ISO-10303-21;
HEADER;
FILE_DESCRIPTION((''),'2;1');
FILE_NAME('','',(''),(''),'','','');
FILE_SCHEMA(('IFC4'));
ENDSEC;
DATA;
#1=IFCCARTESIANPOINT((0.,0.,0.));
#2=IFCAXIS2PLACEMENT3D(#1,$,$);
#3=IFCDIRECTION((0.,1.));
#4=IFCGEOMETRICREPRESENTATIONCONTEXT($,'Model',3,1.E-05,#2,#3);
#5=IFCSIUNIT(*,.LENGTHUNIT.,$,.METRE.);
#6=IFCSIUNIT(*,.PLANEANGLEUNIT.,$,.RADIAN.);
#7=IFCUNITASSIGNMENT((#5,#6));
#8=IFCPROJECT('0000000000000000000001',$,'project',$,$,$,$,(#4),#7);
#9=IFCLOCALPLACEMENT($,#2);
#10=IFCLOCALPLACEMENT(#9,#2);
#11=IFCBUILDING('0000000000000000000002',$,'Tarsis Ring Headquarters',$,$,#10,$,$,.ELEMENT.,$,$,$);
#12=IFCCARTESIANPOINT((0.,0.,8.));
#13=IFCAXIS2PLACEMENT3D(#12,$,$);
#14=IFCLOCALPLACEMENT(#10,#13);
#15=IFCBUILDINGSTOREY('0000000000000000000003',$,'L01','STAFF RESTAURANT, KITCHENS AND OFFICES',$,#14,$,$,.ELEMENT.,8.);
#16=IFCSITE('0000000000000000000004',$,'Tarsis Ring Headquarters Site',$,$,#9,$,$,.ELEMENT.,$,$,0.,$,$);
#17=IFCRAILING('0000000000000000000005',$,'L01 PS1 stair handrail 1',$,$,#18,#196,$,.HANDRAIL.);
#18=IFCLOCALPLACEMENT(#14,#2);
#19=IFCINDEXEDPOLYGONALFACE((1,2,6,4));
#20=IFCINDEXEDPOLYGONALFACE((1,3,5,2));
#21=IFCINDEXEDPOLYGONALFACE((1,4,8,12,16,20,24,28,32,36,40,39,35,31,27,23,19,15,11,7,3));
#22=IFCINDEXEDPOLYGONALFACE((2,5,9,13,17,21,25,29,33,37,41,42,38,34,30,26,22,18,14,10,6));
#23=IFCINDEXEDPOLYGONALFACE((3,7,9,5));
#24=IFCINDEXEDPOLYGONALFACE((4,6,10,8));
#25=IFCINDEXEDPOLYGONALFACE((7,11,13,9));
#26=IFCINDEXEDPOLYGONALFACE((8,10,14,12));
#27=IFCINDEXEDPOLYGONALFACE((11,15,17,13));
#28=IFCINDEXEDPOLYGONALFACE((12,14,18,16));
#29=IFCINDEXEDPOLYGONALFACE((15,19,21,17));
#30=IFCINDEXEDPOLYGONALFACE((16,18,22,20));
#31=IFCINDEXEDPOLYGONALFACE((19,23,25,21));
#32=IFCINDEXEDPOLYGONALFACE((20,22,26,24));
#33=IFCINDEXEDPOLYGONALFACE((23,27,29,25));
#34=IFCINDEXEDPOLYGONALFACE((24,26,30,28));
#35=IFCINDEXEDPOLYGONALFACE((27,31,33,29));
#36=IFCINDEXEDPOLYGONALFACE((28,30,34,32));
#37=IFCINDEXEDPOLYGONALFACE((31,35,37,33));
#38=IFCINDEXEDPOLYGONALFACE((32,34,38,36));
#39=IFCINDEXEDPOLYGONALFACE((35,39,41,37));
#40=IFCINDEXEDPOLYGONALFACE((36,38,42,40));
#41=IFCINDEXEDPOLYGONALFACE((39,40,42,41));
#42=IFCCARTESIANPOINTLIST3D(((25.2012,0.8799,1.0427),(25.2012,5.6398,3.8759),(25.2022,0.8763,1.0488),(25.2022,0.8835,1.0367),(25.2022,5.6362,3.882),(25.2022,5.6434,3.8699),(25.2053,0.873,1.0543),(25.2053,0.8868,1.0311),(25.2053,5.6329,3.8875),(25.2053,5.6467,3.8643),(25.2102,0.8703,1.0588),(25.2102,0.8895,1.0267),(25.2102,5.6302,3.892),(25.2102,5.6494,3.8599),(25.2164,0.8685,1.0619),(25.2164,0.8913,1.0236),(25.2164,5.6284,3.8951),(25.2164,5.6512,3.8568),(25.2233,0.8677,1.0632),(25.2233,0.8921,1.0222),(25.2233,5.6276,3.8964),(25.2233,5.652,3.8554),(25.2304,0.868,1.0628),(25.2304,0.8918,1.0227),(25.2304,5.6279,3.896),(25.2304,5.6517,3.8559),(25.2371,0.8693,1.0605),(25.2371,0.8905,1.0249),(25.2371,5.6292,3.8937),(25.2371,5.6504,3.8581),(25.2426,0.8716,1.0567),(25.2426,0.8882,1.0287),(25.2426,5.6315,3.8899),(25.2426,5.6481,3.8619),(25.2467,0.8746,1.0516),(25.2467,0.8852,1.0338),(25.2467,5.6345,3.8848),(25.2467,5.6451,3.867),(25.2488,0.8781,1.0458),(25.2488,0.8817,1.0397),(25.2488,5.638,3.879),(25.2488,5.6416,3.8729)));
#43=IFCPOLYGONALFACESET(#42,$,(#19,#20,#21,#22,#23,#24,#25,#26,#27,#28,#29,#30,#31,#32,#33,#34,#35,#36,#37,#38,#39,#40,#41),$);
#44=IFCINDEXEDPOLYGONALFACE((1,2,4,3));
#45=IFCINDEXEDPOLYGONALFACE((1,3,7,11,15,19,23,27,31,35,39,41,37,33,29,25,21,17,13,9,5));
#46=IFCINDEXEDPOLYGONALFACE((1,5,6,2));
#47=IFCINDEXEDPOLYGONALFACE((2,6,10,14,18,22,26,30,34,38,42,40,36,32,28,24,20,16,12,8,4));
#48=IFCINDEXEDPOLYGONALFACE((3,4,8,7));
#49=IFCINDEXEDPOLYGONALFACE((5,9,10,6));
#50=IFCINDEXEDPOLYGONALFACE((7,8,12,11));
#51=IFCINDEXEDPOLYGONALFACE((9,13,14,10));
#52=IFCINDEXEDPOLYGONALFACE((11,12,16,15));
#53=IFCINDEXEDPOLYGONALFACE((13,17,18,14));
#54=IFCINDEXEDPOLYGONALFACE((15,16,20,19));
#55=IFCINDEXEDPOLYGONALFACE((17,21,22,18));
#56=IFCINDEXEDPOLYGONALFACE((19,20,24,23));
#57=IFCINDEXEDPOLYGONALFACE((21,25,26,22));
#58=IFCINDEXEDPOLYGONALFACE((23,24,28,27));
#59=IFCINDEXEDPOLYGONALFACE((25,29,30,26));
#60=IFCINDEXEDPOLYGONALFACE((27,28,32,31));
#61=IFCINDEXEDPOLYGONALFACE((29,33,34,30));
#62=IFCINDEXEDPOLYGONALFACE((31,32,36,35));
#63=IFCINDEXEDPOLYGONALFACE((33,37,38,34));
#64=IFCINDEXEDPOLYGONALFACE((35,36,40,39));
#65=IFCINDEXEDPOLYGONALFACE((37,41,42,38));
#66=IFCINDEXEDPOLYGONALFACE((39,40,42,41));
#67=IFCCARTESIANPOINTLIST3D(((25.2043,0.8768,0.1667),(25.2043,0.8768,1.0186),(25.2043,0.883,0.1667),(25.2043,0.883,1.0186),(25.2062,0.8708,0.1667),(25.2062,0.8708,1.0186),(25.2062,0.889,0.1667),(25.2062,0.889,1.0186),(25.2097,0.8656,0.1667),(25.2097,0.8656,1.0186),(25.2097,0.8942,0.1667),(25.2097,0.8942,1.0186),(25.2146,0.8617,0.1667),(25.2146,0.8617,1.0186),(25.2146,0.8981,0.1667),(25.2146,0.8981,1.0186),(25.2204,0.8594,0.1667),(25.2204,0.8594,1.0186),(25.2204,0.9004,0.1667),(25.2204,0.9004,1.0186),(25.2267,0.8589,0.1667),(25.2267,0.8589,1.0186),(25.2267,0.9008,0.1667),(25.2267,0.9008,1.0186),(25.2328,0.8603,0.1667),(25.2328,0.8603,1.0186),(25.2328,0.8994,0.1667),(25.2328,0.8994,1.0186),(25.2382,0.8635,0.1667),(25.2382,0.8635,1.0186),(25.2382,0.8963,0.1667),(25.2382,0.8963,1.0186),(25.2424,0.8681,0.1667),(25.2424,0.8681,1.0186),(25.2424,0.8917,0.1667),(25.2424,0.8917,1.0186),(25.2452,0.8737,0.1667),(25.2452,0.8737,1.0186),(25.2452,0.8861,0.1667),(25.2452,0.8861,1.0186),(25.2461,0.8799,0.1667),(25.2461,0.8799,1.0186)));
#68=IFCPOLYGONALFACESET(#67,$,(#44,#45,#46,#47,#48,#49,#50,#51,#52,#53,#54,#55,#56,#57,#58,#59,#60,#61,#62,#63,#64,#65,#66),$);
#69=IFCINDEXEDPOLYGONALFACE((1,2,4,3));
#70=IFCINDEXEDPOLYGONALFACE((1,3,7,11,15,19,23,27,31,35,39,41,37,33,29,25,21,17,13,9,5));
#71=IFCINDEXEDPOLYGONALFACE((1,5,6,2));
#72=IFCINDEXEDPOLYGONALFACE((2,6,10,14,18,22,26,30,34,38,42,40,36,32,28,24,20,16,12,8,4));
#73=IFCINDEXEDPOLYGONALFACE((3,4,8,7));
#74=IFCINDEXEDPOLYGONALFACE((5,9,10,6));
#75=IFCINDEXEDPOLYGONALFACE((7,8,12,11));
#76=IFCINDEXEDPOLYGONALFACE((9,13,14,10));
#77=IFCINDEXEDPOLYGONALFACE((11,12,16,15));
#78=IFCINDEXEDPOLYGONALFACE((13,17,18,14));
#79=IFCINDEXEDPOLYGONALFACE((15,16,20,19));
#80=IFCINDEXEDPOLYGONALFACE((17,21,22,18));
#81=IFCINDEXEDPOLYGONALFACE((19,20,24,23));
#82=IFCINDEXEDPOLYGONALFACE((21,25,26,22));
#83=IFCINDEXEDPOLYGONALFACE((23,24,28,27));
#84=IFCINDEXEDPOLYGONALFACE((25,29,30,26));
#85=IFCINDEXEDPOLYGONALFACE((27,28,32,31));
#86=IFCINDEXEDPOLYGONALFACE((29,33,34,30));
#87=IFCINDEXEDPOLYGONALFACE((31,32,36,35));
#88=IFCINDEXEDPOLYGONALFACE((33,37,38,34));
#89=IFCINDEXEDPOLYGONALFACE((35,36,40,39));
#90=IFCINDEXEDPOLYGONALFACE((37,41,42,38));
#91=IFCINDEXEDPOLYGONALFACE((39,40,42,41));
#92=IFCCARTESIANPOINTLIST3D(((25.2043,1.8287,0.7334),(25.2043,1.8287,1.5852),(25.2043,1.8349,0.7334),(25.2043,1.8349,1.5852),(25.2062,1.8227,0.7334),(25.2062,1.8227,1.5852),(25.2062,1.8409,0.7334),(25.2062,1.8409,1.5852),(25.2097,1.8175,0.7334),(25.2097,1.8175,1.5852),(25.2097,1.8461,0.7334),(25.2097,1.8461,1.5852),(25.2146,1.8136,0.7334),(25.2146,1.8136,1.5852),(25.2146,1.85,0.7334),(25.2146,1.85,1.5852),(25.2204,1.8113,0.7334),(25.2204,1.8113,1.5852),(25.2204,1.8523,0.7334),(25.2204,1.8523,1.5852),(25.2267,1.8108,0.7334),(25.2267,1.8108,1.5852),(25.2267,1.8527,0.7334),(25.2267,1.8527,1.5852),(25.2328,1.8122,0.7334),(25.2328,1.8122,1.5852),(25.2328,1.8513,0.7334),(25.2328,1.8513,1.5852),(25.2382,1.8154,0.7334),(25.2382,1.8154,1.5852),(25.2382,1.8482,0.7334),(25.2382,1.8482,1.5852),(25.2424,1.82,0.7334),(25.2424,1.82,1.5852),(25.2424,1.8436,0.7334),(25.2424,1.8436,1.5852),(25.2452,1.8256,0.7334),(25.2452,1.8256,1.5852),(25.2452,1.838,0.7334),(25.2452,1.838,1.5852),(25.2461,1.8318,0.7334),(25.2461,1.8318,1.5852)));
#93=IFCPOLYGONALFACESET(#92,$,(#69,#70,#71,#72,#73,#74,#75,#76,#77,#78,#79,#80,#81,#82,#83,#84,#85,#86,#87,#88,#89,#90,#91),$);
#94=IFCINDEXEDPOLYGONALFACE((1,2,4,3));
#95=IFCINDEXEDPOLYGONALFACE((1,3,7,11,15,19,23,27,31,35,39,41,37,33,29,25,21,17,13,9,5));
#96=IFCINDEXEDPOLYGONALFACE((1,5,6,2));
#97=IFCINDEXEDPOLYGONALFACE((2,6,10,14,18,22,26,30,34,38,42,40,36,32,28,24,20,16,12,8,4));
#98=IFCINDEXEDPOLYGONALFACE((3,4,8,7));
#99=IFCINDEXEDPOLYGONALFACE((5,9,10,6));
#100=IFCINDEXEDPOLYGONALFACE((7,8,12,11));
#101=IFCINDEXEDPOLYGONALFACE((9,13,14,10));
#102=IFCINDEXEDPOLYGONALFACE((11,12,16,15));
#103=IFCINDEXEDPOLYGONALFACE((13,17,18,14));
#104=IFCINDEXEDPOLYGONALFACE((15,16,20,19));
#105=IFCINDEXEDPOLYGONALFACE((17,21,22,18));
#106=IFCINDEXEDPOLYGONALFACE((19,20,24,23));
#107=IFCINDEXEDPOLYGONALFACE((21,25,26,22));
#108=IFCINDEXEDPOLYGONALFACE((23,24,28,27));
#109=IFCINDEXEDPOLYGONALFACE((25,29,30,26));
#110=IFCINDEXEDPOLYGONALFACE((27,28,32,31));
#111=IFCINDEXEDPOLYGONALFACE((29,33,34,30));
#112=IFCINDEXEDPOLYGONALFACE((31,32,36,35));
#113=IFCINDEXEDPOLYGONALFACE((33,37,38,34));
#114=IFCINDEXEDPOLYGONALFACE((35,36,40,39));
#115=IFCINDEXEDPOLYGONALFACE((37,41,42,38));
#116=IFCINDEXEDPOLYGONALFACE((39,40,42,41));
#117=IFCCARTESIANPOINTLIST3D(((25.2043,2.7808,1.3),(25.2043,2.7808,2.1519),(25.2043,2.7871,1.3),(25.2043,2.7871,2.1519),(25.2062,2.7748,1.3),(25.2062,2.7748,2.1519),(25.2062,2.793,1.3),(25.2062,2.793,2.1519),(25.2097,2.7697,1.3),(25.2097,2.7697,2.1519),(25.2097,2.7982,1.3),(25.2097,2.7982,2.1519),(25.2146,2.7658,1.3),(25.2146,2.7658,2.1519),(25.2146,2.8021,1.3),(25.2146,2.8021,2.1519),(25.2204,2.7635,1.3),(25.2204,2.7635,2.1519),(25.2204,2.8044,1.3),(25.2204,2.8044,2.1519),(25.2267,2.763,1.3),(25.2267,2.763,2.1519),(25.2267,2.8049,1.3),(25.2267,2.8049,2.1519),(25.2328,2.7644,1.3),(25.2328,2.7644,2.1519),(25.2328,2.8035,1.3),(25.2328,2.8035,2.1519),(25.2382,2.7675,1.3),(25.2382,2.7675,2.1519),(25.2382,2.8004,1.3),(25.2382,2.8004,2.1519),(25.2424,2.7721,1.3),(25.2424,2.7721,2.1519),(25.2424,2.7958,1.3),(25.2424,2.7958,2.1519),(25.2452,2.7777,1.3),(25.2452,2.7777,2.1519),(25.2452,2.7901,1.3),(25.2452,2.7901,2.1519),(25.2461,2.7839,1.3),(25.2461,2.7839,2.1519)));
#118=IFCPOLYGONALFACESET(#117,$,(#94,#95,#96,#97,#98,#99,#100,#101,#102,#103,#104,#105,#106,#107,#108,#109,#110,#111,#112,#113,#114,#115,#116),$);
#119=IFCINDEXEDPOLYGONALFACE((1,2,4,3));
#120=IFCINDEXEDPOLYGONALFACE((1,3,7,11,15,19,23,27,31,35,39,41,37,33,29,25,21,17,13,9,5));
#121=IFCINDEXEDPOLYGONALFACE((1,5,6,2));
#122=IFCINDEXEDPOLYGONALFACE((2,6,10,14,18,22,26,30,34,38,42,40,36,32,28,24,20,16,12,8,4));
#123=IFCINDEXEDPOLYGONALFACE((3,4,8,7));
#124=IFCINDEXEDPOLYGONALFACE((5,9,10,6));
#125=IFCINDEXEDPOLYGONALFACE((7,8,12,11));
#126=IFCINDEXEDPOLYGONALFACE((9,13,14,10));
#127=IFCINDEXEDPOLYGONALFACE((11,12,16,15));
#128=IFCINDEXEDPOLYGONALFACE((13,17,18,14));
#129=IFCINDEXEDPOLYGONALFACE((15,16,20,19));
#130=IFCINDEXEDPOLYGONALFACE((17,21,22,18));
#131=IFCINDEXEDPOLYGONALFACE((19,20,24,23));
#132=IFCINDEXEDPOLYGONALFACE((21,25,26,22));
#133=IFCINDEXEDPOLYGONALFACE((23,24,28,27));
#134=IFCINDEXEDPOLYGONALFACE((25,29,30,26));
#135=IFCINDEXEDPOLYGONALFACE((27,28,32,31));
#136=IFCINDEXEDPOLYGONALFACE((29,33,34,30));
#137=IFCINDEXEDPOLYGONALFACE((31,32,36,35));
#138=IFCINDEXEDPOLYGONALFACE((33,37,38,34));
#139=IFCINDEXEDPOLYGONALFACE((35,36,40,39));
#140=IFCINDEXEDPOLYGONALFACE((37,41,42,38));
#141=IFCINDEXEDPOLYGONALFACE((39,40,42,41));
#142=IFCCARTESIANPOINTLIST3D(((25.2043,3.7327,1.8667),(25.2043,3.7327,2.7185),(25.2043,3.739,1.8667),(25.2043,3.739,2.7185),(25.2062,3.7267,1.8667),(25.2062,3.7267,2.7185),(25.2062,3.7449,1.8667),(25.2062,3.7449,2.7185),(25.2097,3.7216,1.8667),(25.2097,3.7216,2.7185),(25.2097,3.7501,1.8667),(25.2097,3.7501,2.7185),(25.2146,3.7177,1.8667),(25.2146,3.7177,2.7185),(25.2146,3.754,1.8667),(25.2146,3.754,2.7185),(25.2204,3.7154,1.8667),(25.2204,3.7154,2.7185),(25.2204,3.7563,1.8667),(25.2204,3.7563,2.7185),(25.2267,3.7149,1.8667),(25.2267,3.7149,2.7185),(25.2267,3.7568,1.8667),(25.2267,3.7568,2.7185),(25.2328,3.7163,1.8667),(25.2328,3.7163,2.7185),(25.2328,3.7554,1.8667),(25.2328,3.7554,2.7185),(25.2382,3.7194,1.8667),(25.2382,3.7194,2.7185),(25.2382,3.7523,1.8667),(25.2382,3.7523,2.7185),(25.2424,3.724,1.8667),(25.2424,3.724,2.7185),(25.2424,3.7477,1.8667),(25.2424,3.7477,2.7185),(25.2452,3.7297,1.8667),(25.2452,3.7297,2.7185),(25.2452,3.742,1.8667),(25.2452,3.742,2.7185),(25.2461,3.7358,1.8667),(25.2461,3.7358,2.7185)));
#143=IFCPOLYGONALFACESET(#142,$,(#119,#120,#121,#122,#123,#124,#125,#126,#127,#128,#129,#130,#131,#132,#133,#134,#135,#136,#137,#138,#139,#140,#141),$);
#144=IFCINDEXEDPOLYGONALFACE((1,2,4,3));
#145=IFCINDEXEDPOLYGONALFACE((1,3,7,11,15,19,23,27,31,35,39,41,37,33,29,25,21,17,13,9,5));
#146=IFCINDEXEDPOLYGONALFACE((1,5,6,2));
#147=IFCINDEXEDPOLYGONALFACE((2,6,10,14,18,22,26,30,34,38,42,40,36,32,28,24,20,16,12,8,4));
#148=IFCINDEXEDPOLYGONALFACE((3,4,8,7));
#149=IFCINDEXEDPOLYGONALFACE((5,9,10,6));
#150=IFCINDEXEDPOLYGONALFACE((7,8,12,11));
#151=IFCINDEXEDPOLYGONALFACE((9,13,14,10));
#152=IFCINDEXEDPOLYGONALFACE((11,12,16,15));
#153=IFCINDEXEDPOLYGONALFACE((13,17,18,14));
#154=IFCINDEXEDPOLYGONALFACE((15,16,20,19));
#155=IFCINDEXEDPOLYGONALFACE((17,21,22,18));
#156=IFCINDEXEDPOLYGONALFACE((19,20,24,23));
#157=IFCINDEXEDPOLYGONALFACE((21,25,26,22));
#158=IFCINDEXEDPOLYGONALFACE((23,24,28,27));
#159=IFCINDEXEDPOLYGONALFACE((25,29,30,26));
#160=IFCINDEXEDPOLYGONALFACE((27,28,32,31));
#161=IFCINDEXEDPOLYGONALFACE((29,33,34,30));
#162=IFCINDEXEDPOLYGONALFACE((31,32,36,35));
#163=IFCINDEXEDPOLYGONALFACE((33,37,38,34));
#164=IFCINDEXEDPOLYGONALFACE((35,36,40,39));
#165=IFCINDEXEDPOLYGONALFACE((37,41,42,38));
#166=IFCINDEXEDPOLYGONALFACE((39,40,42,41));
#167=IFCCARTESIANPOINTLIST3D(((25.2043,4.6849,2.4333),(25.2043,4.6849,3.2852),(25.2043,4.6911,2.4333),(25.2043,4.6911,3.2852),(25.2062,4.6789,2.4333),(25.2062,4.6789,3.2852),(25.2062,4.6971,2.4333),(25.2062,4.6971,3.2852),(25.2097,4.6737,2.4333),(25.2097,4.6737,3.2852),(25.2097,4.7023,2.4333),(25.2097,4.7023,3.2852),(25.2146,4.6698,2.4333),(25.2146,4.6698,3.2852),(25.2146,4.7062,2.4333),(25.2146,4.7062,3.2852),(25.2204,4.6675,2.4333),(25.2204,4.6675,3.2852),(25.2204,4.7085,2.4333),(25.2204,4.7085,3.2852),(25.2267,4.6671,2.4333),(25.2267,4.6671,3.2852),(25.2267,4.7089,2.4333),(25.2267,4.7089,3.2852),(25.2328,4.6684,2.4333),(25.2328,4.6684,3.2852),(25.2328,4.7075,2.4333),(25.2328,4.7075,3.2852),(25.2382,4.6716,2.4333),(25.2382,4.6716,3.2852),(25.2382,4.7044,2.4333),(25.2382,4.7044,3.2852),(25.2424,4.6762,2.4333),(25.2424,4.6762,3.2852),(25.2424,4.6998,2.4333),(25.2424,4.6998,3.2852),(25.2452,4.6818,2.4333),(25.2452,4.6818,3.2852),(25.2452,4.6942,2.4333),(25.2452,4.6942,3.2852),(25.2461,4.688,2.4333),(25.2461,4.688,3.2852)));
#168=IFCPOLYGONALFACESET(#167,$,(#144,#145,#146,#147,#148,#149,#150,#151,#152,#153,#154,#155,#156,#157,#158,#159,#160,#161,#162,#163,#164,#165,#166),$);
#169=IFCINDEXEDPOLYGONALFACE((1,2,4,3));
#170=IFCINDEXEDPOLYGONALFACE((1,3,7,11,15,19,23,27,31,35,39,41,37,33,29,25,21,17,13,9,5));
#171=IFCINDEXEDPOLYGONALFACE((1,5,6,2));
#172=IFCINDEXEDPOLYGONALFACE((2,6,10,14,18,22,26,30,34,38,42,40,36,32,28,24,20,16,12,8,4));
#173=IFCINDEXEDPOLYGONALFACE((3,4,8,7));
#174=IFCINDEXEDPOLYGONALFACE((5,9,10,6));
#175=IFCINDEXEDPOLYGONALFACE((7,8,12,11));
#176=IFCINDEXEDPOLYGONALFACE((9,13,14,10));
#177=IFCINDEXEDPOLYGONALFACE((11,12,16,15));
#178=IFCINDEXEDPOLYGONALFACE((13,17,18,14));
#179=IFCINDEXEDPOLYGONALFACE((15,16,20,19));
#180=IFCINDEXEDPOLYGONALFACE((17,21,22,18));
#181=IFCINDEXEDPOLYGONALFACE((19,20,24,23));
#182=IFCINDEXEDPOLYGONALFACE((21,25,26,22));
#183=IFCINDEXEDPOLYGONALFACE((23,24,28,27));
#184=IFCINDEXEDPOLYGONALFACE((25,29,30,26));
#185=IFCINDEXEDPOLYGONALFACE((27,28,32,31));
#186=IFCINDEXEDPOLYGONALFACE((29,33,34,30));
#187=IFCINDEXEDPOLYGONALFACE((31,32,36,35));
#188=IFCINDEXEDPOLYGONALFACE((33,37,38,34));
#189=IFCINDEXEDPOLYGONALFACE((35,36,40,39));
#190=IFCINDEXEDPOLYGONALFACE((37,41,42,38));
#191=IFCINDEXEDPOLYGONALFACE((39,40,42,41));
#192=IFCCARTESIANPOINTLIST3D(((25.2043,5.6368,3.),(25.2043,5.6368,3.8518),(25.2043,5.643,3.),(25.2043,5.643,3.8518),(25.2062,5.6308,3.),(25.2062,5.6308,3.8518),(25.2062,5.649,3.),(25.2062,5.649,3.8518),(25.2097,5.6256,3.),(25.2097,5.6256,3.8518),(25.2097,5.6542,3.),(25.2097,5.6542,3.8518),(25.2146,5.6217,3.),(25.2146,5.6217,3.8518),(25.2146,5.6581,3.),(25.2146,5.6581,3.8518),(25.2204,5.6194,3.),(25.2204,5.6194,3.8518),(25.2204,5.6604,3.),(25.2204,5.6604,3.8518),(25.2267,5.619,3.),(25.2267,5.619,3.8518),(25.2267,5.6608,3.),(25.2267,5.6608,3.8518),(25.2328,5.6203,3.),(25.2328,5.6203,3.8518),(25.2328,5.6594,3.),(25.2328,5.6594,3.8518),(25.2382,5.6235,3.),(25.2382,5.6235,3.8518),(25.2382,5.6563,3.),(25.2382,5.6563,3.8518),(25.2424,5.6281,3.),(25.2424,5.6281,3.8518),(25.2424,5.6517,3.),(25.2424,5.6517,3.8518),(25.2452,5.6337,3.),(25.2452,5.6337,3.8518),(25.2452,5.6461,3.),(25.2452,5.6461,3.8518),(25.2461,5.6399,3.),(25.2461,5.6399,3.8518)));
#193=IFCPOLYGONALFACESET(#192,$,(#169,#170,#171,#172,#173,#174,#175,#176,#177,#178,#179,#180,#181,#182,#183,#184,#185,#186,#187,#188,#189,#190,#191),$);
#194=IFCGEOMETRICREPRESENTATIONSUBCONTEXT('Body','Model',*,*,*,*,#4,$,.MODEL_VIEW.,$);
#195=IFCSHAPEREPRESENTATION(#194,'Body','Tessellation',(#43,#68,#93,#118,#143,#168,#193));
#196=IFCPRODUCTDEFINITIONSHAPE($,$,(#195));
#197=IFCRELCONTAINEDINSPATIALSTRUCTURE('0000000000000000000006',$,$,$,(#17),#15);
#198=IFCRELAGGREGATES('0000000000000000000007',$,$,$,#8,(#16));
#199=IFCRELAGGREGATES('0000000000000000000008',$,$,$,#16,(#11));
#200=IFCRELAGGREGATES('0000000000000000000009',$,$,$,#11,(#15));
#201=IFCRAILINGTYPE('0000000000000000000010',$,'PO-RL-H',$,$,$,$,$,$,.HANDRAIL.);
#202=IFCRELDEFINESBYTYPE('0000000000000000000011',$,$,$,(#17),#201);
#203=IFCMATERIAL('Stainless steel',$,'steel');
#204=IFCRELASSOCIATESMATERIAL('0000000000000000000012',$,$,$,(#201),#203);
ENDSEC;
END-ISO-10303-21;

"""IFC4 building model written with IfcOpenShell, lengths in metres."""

from ifc_helpers import new_model, si_unit, direction, frame, origin, origin_2d, place, context, subcontext, project, spatial, circle, extrude, material, type_object, element, save


model = new_model("IFC4")

# Units and contexts
model_context = context("Model", 3, precision=1e-05, world=origin(), true_north=direction((0.0, 1.0)))
body_context = subcontext(model_context, "Body", "Model", "MODEL_VIEW")
ifc_project = project(units=[si_unit("LENGTHUNIT", "METRE"), si_unit("PLANEANGLEUNIT", "RADIAN")], contexts=[model_context])

# Site, building, storey
site_placement = place(None, origin())
site = spatial("IfcSite", under=ifc_project, at=site_placement, Name="Tarsis Ring Headquarters Site", CompositionType="ELEMENT", RefElevation=0.0)
building_placement = place(site_placement, origin())
building = spatial("IfcBuilding", under=site, at=building_placement, Name="Tarsis Ring Headquarters", CompositionType="ELEMENT")
storey_placement = place(building_placement, frame((0.0, 0.0, 8.0)))
storey = spatial("IfcBuildingStorey", under=building, at=storey_placement, Name="L01", Description="STAFF RESTAURANT, KITCHENS AND OFFICES", CompositionType="ELEMENT", Elevation=8.0)

# Railing
ifc_material_1 = material(Name="Stainless steel", Category="steel")
railing_type_1 = type_object("IfcRailingType", Name="PO-RL-H", PredefinedType="HANDRAIL", material=ifc_material_1)
railing_1_placement = place(storey_placement, frame((25.2251, 0.8799, 0.1667)))
element("IfcRailing", 1, at=railing_1_placement, inside=storey, type_object=railing_type_1, Name="L01 PS1 stair handrail 1", PredefinedType="HANDRAIL", context=body_context, shape_type="SweptSolid", body=[
    extrude(circle(Radius=0.0239, at=origin_2d()), frame((0.0, 0.0, 0.876), z_axis=(0.0, 0.8593, 0.511472), x_axis=(-1.0, 0.0, 0.0)), (0.0, 0.0, 1.0), 5.5393),
    extrude(circle(Radius=0.021, at=origin_2d()), origin(), (0.0, 0.0, 1.0), 0.8518),
    extrude(circle(Radius=0.021, at=origin_2d()), frame((0.0, 0.9519, 0.5667)), (0.0, 0.0, 1.0), 0.8518),
    extrude(circle(Radius=0.021, at=origin_2d()), frame((0.0, 1.9041, 1.1333)), (0.0, 0.0, 1.0), 0.8518),
    extrude(circle(Radius=0.021, at=origin_2d()), frame((0.0, 2.856, 1.7)), (0.0, 0.0, 1.0), 0.8518),
    extrude(circle(Radius=0.021, at=origin_2d()), frame((0.0, 3.8081, 2.2666)), (0.0, 0.0, 1.0), 0.8518),
    extrude(circle(Radius=0.021, at=origin_2d()), frame((0.0, 4.76, 2.8333)), (0.0, 0.0, 1.0), 0.8518),
])

save(model, "model.ifc")
